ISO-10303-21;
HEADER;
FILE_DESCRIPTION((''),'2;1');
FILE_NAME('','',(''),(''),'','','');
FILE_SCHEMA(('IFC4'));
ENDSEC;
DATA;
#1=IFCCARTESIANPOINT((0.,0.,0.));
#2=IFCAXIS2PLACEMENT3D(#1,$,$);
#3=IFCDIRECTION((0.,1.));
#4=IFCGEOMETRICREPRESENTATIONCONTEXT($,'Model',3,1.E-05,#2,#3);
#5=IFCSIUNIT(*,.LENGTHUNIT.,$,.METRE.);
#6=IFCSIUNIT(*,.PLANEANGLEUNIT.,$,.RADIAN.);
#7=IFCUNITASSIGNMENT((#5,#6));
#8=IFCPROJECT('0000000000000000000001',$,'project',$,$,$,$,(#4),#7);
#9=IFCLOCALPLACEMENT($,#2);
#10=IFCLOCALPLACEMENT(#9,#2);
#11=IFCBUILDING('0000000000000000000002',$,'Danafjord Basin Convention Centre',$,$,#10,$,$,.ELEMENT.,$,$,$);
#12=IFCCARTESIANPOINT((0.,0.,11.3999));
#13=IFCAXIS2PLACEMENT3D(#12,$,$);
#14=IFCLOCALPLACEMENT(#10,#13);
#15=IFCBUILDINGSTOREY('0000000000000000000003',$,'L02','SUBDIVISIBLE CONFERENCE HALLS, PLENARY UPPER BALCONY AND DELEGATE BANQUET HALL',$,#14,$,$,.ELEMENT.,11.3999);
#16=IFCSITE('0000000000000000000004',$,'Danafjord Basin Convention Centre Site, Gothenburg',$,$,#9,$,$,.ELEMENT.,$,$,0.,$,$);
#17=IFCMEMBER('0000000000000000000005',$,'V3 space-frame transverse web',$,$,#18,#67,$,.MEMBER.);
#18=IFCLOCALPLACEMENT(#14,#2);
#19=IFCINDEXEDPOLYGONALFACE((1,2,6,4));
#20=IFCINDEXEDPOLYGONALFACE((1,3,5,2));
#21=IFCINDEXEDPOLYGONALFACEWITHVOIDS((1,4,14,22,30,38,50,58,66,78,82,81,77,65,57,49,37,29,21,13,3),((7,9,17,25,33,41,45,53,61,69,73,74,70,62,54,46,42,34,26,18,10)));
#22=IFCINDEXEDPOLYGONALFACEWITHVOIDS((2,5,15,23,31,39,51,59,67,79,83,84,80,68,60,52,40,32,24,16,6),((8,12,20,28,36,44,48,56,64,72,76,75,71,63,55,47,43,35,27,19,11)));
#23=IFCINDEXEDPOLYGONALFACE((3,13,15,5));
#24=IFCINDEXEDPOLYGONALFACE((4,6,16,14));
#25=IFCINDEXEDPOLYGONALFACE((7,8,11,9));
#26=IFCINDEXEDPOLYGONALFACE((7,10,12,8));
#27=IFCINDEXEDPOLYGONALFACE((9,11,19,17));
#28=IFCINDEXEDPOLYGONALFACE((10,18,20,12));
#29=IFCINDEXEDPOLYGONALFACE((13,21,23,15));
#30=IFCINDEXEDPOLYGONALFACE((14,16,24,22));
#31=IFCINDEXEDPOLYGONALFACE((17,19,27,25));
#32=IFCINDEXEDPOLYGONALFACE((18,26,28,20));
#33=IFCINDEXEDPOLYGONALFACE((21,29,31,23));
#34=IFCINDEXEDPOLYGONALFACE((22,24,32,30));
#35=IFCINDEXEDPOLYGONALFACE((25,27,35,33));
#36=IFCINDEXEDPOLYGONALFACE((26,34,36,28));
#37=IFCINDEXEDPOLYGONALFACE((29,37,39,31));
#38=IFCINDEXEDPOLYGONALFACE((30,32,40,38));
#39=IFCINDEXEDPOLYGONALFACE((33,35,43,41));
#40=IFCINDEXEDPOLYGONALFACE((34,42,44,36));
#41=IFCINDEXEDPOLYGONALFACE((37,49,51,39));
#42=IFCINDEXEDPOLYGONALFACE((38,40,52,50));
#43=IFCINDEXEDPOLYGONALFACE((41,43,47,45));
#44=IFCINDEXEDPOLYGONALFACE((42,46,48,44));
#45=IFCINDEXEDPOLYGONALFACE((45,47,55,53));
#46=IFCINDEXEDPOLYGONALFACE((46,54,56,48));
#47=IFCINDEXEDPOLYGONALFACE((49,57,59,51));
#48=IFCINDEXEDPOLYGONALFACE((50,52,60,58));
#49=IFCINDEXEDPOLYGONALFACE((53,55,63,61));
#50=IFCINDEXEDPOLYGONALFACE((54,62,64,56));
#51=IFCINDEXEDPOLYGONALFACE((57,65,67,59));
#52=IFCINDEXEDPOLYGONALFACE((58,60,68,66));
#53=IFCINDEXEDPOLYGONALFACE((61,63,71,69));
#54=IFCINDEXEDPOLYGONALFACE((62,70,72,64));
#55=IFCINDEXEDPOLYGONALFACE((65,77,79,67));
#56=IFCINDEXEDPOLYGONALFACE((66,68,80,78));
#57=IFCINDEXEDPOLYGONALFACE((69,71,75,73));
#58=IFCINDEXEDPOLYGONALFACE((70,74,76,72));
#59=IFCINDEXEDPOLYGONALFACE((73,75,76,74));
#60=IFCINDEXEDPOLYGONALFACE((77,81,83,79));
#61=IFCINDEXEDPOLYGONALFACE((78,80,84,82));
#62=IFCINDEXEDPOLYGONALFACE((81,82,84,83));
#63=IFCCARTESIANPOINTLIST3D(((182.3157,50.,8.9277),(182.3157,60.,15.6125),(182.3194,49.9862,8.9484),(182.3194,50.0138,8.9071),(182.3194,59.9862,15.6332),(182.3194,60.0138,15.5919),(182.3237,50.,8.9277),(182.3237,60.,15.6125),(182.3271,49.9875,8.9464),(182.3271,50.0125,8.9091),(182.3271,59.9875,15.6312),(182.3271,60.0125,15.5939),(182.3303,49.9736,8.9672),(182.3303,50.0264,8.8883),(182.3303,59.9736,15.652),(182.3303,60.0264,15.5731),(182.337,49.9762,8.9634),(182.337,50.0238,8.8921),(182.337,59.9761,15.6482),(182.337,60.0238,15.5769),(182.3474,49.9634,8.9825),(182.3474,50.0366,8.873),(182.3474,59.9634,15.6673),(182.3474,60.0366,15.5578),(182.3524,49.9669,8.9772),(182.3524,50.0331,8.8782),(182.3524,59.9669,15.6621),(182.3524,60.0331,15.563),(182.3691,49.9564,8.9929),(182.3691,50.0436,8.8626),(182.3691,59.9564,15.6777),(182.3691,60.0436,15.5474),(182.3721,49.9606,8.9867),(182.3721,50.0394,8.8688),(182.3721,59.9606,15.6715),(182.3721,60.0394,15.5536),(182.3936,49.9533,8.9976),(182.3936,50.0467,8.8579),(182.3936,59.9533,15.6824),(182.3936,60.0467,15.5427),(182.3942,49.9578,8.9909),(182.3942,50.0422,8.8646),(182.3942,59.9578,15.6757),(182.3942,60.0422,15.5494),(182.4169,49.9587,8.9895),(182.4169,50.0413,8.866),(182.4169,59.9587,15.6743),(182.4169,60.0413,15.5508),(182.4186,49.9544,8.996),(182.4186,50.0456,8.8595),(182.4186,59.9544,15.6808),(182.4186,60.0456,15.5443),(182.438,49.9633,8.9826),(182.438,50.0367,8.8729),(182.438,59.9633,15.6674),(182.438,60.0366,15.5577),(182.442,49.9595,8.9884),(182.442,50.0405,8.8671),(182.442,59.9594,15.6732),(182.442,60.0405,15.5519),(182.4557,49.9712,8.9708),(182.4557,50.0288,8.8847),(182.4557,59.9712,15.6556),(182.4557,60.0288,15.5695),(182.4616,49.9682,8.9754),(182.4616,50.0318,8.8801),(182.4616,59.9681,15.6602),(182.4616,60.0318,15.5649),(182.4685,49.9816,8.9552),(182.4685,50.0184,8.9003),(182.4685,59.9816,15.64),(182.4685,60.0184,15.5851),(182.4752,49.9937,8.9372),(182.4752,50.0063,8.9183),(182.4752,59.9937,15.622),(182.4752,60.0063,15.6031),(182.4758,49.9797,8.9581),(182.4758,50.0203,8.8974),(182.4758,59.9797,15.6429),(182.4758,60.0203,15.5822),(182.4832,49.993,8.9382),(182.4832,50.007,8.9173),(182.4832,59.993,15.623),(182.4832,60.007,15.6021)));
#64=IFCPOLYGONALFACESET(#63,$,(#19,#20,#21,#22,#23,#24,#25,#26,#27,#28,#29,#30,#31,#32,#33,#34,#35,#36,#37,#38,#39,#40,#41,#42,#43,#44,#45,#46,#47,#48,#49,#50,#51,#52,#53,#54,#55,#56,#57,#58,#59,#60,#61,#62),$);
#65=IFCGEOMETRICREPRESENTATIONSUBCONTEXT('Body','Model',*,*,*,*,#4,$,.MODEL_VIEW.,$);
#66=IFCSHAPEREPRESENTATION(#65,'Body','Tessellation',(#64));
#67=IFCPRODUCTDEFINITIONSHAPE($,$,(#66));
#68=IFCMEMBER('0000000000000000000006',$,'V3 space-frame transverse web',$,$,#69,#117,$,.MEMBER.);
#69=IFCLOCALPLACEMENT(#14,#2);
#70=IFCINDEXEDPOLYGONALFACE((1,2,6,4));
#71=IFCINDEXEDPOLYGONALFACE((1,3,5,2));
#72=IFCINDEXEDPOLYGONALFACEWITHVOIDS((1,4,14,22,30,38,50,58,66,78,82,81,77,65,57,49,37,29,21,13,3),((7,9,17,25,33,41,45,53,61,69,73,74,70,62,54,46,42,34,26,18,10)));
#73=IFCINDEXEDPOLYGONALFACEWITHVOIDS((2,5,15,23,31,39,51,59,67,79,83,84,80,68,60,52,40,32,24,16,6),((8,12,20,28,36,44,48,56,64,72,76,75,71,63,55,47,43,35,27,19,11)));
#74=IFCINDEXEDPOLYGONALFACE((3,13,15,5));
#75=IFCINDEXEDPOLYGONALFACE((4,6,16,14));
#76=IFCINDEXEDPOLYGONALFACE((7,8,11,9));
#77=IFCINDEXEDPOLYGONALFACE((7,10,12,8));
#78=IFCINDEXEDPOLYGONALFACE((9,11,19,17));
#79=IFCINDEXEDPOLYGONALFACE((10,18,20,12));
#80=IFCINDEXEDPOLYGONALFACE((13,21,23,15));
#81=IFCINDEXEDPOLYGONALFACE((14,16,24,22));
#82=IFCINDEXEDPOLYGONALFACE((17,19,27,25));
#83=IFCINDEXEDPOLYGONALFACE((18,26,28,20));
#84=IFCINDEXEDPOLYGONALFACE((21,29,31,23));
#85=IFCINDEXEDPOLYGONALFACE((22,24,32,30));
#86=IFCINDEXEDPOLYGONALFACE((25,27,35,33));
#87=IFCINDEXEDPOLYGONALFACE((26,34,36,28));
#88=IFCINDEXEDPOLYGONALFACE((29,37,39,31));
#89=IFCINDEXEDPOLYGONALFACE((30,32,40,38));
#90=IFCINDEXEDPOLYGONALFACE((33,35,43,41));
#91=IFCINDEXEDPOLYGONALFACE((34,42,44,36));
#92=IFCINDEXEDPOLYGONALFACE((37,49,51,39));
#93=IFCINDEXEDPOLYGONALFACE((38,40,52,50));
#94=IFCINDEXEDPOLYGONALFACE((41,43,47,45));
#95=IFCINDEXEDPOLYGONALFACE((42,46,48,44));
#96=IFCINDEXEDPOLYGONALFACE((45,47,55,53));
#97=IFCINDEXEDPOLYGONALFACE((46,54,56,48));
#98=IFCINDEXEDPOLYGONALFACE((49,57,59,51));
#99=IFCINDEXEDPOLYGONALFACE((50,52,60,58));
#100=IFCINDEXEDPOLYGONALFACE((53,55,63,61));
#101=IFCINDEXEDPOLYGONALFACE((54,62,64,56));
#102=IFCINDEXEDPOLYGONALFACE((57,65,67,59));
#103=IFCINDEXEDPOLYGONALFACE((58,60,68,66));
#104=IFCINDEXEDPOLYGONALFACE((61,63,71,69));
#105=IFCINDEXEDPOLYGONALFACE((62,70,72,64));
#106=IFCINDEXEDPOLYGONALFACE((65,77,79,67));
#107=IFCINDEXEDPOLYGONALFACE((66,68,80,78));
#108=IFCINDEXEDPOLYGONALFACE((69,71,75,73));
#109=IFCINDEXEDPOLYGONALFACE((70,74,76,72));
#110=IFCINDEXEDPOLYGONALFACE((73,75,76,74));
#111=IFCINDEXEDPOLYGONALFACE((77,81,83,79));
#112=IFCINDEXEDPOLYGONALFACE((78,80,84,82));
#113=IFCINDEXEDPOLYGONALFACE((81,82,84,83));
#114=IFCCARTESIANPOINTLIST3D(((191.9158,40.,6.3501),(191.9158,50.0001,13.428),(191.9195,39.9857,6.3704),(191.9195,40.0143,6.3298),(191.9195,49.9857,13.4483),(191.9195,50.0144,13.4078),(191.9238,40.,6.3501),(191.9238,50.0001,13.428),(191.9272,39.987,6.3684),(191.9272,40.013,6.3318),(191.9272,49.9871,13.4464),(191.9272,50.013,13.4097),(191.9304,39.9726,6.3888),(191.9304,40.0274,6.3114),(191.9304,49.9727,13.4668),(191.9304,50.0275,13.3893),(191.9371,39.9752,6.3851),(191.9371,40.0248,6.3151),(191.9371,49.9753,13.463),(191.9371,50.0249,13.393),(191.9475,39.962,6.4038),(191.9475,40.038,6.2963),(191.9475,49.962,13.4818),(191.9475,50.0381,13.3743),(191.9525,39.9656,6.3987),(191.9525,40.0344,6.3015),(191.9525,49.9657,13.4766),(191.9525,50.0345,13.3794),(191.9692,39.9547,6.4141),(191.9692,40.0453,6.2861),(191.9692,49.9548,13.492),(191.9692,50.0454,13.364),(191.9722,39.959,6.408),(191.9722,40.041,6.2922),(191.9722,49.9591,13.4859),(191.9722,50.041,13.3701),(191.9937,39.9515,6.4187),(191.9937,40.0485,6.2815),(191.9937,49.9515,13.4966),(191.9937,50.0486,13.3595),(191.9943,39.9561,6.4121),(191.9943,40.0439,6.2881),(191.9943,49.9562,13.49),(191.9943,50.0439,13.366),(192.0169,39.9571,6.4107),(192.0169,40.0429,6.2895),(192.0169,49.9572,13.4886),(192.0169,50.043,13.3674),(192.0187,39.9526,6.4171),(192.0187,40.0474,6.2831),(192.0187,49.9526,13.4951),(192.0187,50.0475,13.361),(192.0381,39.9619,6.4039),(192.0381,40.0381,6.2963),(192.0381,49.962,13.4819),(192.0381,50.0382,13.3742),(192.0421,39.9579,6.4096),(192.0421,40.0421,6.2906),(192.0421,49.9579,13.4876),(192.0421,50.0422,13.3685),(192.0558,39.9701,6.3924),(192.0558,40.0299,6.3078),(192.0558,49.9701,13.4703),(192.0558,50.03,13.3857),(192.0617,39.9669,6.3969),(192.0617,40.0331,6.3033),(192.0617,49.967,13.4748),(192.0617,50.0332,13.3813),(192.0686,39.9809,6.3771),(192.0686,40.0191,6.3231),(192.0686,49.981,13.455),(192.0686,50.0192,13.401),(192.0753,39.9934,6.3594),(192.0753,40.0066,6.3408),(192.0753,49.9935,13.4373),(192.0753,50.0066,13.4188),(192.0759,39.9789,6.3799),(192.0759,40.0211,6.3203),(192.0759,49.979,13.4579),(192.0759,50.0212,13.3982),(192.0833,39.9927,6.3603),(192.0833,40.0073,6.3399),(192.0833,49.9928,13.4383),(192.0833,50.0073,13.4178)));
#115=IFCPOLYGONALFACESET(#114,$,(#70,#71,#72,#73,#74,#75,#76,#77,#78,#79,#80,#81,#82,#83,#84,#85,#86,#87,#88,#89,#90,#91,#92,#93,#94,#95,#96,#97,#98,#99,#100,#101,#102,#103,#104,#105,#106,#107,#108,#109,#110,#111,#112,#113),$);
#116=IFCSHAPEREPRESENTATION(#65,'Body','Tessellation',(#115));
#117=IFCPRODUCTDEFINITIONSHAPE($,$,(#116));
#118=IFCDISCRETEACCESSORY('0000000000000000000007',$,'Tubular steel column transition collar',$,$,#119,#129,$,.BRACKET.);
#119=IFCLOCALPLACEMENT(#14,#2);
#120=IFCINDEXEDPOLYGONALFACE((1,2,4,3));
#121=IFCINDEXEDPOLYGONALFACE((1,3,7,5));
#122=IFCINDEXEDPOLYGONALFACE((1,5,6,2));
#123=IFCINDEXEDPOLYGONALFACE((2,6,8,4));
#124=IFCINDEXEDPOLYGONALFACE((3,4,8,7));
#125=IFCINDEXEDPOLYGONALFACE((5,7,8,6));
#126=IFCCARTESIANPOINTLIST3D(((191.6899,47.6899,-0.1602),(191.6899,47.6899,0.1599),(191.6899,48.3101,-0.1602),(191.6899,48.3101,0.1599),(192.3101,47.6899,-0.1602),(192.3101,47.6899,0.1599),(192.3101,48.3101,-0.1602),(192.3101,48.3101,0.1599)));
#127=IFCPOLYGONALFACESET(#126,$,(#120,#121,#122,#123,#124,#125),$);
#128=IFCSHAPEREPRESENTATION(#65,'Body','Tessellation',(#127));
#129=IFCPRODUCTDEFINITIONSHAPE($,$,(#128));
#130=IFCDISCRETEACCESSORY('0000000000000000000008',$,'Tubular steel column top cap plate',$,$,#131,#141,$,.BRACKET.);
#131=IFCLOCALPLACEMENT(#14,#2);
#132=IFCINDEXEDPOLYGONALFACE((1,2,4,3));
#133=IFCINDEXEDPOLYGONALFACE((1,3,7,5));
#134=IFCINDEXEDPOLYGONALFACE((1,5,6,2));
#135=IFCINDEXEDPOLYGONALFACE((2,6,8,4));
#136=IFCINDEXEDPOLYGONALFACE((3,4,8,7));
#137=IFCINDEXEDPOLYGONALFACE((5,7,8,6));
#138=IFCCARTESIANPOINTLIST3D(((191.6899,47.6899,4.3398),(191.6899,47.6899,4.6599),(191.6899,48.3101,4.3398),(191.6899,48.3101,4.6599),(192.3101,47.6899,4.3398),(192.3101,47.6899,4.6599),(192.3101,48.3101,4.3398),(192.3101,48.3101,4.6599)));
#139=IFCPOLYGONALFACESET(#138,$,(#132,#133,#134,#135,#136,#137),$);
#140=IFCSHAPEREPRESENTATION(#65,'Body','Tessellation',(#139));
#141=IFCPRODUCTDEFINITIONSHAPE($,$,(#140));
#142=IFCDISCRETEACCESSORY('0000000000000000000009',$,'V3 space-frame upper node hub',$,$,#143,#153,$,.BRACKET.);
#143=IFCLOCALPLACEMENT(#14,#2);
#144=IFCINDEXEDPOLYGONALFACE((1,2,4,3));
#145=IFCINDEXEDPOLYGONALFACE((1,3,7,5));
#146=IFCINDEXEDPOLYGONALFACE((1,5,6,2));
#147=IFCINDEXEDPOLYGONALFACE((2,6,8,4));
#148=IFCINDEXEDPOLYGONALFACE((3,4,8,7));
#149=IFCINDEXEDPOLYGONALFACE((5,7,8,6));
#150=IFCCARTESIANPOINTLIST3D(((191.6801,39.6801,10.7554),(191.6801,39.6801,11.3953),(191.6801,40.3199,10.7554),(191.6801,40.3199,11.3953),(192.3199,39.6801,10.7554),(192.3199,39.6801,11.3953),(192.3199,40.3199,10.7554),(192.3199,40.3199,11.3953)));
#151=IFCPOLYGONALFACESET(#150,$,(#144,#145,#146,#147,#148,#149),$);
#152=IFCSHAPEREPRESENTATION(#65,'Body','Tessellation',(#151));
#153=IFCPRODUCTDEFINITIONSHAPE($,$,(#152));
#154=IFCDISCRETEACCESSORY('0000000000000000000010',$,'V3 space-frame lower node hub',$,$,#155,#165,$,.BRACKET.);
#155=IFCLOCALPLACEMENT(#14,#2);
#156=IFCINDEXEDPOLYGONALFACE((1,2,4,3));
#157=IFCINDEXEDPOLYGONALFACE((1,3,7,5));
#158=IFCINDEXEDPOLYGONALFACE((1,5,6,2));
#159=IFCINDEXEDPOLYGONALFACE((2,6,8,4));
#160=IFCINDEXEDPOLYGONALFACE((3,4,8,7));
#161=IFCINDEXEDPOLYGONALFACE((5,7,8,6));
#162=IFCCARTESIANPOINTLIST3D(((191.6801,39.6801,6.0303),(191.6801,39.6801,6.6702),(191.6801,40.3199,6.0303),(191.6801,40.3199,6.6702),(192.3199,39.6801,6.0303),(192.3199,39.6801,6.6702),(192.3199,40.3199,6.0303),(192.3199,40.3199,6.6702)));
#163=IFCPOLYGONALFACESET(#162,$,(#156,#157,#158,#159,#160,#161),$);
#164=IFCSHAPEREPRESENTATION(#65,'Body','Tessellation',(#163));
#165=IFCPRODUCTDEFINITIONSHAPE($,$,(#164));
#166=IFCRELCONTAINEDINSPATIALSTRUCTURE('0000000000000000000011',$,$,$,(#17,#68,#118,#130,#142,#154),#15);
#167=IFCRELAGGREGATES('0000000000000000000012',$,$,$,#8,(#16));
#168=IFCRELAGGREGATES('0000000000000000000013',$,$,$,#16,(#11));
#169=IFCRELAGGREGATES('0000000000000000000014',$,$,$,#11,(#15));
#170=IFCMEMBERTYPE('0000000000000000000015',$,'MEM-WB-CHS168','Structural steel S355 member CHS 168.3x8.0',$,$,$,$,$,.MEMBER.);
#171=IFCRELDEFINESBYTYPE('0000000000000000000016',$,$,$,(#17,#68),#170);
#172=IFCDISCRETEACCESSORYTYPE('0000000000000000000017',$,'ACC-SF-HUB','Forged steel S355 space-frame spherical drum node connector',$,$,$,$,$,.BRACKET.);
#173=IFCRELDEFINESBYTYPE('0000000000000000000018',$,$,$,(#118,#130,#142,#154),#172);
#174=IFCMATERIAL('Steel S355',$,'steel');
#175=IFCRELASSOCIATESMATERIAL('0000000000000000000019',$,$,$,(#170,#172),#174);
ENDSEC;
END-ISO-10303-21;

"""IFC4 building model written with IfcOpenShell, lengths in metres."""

from ifc_helpers import new_model, si_unit, direction, frame, origin, origin_2d, place, context, subcontext, project, spatial, rectangle, hollow_circle, extrude, material, material_profile, profile_set, type_object, element, save


model = new_model("IFC4")

# Units and contexts
model_context = context("Model", 3, precision=1e-05, world=origin(), true_north=direction((0.0, 1.0)))
body_context = subcontext(model_context, "Body", "Model", "MODEL_VIEW")
ifc_project = project(units=[si_unit("LENGTHUNIT", "METRE"), si_unit("PLANEANGLEUNIT", "RADIAN")], contexts=[model_context])

# Site, building, storey
site_placement = place(None, origin())
site = spatial("IfcSite", under=ifc_project, at=site_placement, Name="Danafjord Basin Convention Centre Site, Gothenburg", CompositionType="ELEMENT", RefElevation=0.0)
building_placement = place(site_placement, origin())
building = spatial("IfcBuilding", under=site, at=building_placement, Name="Danafjord Basin Convention Centre", CompositionType="ELEMENT")
storey_placement = place(building_placement, frame((0.0, 0.0, 11.3999)))
storey = spatial("IfcBuildingStorey", under=building, at=storey_placement, Name="L02", Description="SUBDIVISIBLE CONFERENCE HALLS, PLENARY UPPER BALCONY AND DELEGATE BANQUET HALL", CompositionType="ELEMENT", Elevation=11.3999)

# Shared definitions
ifc_material = material(Name="Steel S355", Category="steel")

# Members
ifc_material_profile_1 = material_profile(ifc_material, hollow_circle(Radius=0.0842, WallThickness=0.0081, at=origin_2d()), Name="CHS 168.3x8.0")
ifc_profile_set_1 = profile_set([ifc_material_profile_1], Name="Steel S355")
member_type_1 = type_object("IfcMemberType", Name="MEM-WB-CHS168", Description="Structural steel S355 member CHS 168.3x8.0", PredefinedType="MEMBER", material=ifc_profile_set_1)
member_1_placement = place(storey_placement, frame((182.3999, 50.0, 8.9277), z_axis=(0.0, 0.831353, 0.555744), x_axis=(-1.0, 0.0, 0.0)))
element("IfcMember", 1, at=member_1_placement, inside=storey, type_object=member_type_1, Name="V3 space-frame transverse web", PredefinedType="MEMBER", context=body_context, shape_type="SweptSolid", body=[
    extrude(hollow_circle(Radius=0.0842, WallThickness=0.0081, at=origin_2d()), origin(), (0.0, 0.0, 1.0), 12.0286),
])
member_2_placement = place(storey_placement, frame((192.0, 40.0, 6.3501), z_axis=(0.0, 0.816234, 0.577721), x_axis=(-1.0, 0.0, 0.0)))
element("IfcMember", 2, at=member_2_placement, inside=storey, type_object=member_type_1, Name="V3 space-frame transverse web", PredefinedType="MEMBER", context=body_context, shape_type="SweptSolid", body=[
    extrude(hollow_circle(Radius=0.0842, WallThickness=0.0081, at=origin_2d()), origin(), (0.0, 0.0, 1.0), 12.2515),
])

# Discrete accessories
discrete_accessory_type = type_object("IfcDiscreteAccessoryType", Name="ACC-SF-HUB", Description="Forged steel S355 space-frame spherical drum node connector", PredefinedType="BRACKET", material=ifc_material)
for number, where, z_axis, x_axis, name in (
    (3, (192.0, 48.0, -0.1602), (0.0, 0.0, 1.0), (1.0, 0.0, 0.0), "Tubular steel column transition collar"),
    (4, (192.0, 48.0, 4.3398), (0.0, 0.0, 1.0), (1.0, 0.0, 0.0), "Tubular steel column top cap plate"),
):
    element("IfcDiscreteAccessory", number, at=place(storey_placement, frame(where, z_axis=z_axis, x_axis=x_axis)), inside=storey, type_object=discrete_accessory_type, Name=name, PredefinedType="BRACKET", context=body_context, shape_type="SweptSolid", body=[
        extrude(rectangle(XDim=0.6201, YDim=0.6201, at=origin_2d()), origin(), (0.0, 0.0, 1.0), 0.3201),
    ])
for number, where, z_axis, x_axis, name in (
    (5, (192.0, 40.0, 10.7554), (0.0, 0.0, 1.0), (1.0, 0.0, 0.0), "V3 space-frame upper node hub"),
    (6, (192.0, 40.0, 6.0303), (0.0, 0.0, 1.0), (1.0, 0.0, 0.0), "V3 space-frame lower node hub"),
):
    element("IfcDiscreteAccessory", number, at=place(storey_placement, frame(where, z_axis=z_axis, x_axis=x_axis)), inside=storey, type_object=discrete_accessory_type, Name=name, PredefinedType="BRACKET", context=body_context, shape_type="SweptSolid", body=[
        extrude(rectangle(XDim=0.6399, YDim=0.6399, at=origin_2d()), origin(), (0.0, 0.0, 1.0), 0.6399),
    ])

save(model, "model.ifc")
